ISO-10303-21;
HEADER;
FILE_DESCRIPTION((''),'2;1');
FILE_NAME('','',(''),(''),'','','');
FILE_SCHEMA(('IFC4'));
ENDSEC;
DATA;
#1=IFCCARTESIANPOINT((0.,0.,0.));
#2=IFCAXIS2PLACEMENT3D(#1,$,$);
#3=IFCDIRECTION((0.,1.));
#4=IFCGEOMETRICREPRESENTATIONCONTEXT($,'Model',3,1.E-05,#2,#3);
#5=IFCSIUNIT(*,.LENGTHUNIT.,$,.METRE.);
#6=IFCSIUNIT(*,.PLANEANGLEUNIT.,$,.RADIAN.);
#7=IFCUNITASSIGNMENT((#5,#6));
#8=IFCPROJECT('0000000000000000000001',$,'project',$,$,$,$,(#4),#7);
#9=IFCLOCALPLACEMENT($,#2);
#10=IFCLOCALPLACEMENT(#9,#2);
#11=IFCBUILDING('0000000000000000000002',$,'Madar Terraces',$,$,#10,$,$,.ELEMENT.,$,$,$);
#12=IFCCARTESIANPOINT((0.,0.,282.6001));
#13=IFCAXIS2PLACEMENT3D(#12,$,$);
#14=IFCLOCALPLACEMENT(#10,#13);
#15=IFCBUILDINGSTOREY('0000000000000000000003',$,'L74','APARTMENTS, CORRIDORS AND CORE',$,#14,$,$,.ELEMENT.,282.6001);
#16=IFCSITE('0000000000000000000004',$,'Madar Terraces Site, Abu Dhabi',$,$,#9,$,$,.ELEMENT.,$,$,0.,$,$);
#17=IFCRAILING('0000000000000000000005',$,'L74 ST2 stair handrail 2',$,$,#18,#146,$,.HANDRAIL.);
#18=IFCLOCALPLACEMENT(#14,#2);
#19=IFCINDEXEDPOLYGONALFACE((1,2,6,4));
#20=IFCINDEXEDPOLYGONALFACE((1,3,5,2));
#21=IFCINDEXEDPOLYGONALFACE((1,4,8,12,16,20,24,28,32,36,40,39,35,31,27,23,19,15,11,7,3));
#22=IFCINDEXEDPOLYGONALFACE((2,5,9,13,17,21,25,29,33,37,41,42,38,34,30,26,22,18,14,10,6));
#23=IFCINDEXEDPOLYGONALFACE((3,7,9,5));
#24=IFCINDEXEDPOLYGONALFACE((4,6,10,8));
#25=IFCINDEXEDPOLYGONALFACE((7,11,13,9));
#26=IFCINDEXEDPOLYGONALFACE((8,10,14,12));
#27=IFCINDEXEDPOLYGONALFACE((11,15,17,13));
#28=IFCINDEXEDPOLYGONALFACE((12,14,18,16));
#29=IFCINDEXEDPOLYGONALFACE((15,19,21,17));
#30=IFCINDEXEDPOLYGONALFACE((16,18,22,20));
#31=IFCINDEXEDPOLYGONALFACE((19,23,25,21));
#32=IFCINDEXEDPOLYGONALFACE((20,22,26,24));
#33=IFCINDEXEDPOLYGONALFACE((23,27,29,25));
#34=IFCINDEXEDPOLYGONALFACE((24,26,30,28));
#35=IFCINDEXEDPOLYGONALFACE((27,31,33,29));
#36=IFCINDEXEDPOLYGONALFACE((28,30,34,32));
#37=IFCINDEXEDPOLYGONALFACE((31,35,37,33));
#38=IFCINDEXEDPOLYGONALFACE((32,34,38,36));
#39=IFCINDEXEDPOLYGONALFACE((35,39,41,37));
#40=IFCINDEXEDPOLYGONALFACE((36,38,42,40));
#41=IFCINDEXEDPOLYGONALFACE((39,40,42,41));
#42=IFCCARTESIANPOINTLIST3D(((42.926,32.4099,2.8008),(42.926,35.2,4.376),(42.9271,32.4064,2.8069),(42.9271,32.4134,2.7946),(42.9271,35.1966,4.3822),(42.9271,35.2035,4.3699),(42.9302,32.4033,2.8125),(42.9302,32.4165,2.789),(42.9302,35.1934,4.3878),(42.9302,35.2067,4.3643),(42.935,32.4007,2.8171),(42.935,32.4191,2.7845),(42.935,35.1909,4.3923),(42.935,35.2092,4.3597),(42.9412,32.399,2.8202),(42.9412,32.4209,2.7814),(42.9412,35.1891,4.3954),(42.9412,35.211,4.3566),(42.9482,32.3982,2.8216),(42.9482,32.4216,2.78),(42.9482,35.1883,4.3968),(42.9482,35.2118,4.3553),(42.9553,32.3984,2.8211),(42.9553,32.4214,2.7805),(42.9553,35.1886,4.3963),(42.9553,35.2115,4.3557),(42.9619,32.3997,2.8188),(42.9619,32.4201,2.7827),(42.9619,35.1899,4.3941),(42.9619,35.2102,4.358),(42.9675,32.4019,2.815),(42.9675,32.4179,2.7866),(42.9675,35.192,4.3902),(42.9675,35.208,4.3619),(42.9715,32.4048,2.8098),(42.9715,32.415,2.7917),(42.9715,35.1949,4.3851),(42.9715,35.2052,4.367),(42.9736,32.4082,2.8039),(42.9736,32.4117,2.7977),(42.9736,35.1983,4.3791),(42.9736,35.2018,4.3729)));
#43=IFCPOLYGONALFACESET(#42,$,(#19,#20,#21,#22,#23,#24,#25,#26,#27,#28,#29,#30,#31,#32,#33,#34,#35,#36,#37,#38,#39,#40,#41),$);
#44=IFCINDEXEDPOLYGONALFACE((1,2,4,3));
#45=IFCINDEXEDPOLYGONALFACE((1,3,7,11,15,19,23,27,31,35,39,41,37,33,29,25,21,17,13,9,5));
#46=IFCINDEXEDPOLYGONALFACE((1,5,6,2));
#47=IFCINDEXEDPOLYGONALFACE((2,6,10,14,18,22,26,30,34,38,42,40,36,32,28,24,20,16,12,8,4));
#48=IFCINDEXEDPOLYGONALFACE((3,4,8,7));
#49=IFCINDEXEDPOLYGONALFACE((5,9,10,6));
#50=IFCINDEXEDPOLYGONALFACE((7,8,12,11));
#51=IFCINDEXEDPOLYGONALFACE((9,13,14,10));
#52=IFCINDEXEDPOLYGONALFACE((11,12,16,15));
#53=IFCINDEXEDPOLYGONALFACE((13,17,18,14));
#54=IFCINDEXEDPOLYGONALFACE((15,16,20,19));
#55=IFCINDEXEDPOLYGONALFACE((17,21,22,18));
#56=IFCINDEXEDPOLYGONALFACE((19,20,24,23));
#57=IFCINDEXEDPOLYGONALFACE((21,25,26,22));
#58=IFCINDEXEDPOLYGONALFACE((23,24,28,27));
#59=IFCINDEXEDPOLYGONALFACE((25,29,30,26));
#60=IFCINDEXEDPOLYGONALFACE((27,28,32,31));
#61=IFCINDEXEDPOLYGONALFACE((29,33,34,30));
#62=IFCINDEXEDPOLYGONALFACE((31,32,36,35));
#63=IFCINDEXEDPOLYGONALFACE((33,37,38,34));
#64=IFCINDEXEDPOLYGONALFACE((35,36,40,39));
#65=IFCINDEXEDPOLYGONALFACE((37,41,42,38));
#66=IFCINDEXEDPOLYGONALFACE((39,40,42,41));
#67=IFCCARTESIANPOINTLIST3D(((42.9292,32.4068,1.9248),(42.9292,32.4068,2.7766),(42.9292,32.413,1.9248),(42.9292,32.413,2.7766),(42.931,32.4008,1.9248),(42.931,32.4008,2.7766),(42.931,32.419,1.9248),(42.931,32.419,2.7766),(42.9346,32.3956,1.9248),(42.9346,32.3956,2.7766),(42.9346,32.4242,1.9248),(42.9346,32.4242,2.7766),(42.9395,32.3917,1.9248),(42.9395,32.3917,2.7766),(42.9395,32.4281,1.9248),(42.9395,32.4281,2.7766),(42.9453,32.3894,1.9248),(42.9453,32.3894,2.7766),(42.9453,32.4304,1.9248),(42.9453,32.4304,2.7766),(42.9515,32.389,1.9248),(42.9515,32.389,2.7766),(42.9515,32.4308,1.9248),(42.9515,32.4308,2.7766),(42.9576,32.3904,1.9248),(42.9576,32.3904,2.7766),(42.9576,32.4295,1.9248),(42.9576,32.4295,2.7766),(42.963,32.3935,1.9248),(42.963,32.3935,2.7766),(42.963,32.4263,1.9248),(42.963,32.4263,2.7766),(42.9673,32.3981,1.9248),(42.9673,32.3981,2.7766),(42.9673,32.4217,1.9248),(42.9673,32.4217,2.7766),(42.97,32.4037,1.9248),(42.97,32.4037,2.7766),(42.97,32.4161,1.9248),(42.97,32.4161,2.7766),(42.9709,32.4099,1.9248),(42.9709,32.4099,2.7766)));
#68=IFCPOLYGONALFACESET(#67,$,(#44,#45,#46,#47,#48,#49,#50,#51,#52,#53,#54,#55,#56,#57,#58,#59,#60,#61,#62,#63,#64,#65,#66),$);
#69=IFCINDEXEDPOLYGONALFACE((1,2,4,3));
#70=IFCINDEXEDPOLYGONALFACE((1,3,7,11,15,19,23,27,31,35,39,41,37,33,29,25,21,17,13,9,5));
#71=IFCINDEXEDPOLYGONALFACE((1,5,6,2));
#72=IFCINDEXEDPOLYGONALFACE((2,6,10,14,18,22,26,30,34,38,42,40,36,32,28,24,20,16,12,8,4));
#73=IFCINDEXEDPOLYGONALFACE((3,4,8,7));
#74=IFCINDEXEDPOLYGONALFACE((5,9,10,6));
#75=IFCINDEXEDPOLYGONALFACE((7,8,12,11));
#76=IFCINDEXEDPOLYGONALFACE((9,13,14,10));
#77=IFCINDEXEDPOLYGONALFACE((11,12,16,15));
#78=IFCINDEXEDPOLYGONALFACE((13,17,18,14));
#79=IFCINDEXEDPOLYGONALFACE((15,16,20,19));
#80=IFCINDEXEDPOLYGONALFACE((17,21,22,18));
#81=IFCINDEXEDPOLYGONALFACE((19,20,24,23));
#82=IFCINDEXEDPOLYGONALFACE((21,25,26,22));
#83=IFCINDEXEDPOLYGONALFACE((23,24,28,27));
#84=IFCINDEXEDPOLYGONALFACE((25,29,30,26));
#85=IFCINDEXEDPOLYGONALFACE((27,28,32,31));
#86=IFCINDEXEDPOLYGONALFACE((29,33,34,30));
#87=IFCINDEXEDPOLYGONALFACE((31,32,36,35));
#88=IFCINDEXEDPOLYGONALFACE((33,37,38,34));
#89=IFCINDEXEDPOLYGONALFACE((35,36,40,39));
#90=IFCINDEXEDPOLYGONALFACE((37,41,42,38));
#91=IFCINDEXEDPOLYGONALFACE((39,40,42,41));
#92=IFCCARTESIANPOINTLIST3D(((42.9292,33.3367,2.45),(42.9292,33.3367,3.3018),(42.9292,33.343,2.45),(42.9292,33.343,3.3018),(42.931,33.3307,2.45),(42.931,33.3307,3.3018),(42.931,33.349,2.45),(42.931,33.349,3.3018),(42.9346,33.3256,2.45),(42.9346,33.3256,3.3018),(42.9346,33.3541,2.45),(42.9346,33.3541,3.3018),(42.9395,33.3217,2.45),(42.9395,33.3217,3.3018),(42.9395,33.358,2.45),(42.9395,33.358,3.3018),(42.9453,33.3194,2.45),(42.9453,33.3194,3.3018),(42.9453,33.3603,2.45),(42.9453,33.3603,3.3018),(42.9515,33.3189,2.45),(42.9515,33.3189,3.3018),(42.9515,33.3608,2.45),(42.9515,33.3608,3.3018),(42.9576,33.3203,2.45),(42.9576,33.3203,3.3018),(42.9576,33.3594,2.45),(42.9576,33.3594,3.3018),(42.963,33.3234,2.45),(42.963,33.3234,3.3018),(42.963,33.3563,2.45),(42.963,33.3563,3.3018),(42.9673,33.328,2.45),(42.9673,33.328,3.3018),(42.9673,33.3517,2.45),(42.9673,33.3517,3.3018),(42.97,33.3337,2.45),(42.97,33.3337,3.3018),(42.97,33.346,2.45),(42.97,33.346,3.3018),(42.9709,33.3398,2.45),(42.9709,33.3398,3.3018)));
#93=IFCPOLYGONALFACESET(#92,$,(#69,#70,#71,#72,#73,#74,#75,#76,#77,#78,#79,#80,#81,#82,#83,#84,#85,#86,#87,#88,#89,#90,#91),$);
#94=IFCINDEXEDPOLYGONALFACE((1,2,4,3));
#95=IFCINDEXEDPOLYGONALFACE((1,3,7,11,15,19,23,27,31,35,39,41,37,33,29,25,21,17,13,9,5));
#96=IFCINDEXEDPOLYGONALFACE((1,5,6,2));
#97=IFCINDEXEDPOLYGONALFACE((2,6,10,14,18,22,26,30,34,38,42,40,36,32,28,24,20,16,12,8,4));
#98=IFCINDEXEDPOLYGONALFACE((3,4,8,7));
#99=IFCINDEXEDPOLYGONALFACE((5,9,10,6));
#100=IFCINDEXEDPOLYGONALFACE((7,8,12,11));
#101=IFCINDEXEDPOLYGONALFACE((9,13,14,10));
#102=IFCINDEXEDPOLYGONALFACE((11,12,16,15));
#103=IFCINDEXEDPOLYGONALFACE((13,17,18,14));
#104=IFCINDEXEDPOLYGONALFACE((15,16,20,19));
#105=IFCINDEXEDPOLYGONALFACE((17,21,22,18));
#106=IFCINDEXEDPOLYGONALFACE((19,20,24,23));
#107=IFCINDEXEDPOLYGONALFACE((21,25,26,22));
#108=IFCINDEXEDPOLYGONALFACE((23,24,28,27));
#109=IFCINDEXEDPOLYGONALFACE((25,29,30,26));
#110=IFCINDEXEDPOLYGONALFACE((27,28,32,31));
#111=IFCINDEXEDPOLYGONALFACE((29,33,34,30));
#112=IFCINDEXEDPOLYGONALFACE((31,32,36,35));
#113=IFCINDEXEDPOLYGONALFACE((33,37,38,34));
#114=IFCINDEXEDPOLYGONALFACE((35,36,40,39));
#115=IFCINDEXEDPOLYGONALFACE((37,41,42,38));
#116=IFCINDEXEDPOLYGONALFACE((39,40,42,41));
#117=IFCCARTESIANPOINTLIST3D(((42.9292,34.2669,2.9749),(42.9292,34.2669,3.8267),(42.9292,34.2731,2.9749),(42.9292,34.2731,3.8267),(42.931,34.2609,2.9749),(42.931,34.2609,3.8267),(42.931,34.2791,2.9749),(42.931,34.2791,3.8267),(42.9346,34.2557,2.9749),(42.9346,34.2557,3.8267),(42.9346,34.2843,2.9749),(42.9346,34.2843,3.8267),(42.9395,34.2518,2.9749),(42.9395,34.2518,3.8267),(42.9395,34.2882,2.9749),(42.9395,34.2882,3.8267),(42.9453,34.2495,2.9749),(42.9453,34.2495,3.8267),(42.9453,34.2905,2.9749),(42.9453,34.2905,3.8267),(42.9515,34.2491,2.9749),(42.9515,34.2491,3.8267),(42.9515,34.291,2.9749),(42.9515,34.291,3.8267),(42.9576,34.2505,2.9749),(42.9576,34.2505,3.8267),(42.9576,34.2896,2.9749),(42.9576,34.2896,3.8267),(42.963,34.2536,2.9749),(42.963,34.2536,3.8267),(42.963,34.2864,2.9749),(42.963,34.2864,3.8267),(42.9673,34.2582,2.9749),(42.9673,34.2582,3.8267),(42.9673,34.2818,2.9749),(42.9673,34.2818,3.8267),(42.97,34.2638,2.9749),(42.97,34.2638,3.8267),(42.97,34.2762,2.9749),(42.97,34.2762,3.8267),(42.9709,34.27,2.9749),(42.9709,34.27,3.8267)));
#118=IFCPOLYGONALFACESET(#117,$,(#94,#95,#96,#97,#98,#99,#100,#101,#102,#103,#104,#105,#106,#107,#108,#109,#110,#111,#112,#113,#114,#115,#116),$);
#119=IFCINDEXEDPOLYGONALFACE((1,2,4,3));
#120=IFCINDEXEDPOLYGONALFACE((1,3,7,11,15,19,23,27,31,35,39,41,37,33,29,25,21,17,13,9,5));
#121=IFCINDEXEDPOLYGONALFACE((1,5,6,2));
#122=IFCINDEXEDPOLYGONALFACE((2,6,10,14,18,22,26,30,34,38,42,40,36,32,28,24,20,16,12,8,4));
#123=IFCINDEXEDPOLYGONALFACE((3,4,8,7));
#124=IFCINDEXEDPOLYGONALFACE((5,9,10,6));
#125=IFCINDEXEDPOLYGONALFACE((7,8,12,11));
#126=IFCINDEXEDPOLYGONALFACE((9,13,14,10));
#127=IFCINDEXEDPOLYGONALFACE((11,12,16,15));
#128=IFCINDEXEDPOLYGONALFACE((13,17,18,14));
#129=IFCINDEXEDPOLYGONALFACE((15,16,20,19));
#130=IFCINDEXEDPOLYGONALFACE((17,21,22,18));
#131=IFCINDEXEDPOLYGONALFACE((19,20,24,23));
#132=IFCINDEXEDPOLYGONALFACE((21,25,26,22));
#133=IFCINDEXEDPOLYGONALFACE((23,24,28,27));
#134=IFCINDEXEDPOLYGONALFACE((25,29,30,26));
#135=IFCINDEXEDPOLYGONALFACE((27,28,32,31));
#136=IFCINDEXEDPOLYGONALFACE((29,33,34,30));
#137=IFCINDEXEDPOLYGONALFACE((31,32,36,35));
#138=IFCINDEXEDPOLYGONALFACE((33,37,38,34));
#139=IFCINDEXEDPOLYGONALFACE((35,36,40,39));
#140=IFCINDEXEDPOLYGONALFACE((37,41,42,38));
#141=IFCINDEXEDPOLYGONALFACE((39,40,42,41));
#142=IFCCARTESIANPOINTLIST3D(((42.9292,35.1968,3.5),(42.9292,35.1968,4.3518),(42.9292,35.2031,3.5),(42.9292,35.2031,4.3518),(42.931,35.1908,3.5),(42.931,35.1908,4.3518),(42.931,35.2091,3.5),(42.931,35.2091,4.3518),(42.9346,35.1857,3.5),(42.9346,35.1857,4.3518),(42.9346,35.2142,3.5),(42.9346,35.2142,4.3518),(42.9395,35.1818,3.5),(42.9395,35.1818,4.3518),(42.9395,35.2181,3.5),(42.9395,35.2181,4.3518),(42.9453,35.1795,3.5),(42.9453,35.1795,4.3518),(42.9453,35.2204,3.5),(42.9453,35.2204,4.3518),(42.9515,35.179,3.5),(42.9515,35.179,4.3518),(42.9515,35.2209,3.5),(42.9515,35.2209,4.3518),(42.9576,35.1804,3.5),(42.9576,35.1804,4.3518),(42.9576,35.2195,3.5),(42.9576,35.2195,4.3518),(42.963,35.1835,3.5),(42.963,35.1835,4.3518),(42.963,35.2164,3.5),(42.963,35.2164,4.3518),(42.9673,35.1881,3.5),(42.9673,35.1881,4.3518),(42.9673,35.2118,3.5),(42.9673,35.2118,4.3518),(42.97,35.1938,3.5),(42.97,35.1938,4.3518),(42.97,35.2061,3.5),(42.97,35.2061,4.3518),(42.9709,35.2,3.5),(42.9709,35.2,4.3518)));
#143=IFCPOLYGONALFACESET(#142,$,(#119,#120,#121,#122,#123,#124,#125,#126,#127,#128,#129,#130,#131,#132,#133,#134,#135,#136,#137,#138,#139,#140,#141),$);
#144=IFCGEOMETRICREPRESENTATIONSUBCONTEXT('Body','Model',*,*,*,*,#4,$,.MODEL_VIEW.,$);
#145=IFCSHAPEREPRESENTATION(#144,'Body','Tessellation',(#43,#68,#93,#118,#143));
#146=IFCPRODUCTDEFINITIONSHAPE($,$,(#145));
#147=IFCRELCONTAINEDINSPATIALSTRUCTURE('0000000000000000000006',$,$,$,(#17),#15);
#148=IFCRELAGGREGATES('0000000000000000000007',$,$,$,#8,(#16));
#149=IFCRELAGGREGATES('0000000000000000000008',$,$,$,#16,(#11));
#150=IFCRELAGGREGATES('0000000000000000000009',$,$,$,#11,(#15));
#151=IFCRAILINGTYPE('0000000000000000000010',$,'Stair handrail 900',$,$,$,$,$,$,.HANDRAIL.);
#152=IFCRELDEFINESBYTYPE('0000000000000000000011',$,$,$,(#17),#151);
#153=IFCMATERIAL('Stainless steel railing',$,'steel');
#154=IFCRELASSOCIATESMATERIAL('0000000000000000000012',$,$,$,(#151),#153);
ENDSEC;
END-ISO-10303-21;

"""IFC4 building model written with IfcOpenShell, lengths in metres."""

from ifc_helpers import new_model, si_unit, direction, frame, origin, origin_2d, place, context, subcontext, project, spatial, circle, extrude, material, type_object, element, save


model = new_model("IFC4")

# Units and contexts
model_context = context("Model", 3, precision=1e-05, world=origin(), true_north=direction((0.0, 1.0)))
body_context = subcontext(model_context, "Body", "Model", "MODEL_VIEW")
ifc_project = project(units=[si_unit("LENGTHUNIT", "METRE"), si_unit("PLANEANGLEUNIT", "RADIAN")], contexts=[model_context])

# Site, building, storey
site_placement = place(None, origin())
site = spatial("IfcSite", under=ifc_project, at=site_placement, Name="Madar Terraces Site, Abu Dhabi", CompositionType="ELEMENT", RefElevation=0.0)
building_placement = place(site_placement, origin())
building = spatial("IfcBuilding", under=site, at=building_placement, Name="Madar Terraces", CompositionType="ELEMENT")
storey_placement = place(building_placement, frame((0.0, 0.0, 282.6001)))
storey = spatial("IfcBuildingStorey", under=building, at=storey_placement, Name="L74", Description="APARTMENTS, CORRIDORS AND CORE", CompositionType="ELEMENT", Elevation=282.6001)

# Railing
ifc_material_1 = material(Name="Stainless steel railing", Category="steel")
railing_type_1 = type_object("IfcRailingType", Name="Stair handrail 900", PredefinedType="HANDRAIL", material=ifc_material_1)
railing_1_placement = place(storey_placement, frame((42.95, 32.4099, 1.9248)))
element("IfcRailing", 1, at=railing_1_placement, inside=storey, type_object=railing_type_1, Name="L74 ST2 stair handrail 2", PredefinedType="HANDRAIL", context=body_context, shape_type="SweptSolid", body=[
    extrude(circle(Radius=0.0239, at=origin_2d()), frame((0.0, 0.0, 0.876), z_axis=(0.0, 0.870801, 0.491635), x_axis=(-1.0, 0.0, 0.0)), (0.0, 0.0, 1.0), 3.2041),
    extrude(circle(Radius=0.021, at=origin_2d()), origin(), (0.0, 0.0, 1.0), 0.8518),
    extrude(circle(Radius=0.021, at=origin_2d()), frame((0.0, 0.9299, 0.5251)), (0.0, 0.0, 1.0), 0.8518),
    extrude(circle(Radius=0.021, at=origin_2d()), frame((0.0, 1.8601, 1.05)), (0.0, 0.0, 1.0), 0.8518),
    extrude(circle(Radius=0.021, at=origin_2d()), frame((0.0, 2.79, 1.5752)), (0.0, 0.0, 1.0), 0.8518),
])

save(model, "model.ifc")
